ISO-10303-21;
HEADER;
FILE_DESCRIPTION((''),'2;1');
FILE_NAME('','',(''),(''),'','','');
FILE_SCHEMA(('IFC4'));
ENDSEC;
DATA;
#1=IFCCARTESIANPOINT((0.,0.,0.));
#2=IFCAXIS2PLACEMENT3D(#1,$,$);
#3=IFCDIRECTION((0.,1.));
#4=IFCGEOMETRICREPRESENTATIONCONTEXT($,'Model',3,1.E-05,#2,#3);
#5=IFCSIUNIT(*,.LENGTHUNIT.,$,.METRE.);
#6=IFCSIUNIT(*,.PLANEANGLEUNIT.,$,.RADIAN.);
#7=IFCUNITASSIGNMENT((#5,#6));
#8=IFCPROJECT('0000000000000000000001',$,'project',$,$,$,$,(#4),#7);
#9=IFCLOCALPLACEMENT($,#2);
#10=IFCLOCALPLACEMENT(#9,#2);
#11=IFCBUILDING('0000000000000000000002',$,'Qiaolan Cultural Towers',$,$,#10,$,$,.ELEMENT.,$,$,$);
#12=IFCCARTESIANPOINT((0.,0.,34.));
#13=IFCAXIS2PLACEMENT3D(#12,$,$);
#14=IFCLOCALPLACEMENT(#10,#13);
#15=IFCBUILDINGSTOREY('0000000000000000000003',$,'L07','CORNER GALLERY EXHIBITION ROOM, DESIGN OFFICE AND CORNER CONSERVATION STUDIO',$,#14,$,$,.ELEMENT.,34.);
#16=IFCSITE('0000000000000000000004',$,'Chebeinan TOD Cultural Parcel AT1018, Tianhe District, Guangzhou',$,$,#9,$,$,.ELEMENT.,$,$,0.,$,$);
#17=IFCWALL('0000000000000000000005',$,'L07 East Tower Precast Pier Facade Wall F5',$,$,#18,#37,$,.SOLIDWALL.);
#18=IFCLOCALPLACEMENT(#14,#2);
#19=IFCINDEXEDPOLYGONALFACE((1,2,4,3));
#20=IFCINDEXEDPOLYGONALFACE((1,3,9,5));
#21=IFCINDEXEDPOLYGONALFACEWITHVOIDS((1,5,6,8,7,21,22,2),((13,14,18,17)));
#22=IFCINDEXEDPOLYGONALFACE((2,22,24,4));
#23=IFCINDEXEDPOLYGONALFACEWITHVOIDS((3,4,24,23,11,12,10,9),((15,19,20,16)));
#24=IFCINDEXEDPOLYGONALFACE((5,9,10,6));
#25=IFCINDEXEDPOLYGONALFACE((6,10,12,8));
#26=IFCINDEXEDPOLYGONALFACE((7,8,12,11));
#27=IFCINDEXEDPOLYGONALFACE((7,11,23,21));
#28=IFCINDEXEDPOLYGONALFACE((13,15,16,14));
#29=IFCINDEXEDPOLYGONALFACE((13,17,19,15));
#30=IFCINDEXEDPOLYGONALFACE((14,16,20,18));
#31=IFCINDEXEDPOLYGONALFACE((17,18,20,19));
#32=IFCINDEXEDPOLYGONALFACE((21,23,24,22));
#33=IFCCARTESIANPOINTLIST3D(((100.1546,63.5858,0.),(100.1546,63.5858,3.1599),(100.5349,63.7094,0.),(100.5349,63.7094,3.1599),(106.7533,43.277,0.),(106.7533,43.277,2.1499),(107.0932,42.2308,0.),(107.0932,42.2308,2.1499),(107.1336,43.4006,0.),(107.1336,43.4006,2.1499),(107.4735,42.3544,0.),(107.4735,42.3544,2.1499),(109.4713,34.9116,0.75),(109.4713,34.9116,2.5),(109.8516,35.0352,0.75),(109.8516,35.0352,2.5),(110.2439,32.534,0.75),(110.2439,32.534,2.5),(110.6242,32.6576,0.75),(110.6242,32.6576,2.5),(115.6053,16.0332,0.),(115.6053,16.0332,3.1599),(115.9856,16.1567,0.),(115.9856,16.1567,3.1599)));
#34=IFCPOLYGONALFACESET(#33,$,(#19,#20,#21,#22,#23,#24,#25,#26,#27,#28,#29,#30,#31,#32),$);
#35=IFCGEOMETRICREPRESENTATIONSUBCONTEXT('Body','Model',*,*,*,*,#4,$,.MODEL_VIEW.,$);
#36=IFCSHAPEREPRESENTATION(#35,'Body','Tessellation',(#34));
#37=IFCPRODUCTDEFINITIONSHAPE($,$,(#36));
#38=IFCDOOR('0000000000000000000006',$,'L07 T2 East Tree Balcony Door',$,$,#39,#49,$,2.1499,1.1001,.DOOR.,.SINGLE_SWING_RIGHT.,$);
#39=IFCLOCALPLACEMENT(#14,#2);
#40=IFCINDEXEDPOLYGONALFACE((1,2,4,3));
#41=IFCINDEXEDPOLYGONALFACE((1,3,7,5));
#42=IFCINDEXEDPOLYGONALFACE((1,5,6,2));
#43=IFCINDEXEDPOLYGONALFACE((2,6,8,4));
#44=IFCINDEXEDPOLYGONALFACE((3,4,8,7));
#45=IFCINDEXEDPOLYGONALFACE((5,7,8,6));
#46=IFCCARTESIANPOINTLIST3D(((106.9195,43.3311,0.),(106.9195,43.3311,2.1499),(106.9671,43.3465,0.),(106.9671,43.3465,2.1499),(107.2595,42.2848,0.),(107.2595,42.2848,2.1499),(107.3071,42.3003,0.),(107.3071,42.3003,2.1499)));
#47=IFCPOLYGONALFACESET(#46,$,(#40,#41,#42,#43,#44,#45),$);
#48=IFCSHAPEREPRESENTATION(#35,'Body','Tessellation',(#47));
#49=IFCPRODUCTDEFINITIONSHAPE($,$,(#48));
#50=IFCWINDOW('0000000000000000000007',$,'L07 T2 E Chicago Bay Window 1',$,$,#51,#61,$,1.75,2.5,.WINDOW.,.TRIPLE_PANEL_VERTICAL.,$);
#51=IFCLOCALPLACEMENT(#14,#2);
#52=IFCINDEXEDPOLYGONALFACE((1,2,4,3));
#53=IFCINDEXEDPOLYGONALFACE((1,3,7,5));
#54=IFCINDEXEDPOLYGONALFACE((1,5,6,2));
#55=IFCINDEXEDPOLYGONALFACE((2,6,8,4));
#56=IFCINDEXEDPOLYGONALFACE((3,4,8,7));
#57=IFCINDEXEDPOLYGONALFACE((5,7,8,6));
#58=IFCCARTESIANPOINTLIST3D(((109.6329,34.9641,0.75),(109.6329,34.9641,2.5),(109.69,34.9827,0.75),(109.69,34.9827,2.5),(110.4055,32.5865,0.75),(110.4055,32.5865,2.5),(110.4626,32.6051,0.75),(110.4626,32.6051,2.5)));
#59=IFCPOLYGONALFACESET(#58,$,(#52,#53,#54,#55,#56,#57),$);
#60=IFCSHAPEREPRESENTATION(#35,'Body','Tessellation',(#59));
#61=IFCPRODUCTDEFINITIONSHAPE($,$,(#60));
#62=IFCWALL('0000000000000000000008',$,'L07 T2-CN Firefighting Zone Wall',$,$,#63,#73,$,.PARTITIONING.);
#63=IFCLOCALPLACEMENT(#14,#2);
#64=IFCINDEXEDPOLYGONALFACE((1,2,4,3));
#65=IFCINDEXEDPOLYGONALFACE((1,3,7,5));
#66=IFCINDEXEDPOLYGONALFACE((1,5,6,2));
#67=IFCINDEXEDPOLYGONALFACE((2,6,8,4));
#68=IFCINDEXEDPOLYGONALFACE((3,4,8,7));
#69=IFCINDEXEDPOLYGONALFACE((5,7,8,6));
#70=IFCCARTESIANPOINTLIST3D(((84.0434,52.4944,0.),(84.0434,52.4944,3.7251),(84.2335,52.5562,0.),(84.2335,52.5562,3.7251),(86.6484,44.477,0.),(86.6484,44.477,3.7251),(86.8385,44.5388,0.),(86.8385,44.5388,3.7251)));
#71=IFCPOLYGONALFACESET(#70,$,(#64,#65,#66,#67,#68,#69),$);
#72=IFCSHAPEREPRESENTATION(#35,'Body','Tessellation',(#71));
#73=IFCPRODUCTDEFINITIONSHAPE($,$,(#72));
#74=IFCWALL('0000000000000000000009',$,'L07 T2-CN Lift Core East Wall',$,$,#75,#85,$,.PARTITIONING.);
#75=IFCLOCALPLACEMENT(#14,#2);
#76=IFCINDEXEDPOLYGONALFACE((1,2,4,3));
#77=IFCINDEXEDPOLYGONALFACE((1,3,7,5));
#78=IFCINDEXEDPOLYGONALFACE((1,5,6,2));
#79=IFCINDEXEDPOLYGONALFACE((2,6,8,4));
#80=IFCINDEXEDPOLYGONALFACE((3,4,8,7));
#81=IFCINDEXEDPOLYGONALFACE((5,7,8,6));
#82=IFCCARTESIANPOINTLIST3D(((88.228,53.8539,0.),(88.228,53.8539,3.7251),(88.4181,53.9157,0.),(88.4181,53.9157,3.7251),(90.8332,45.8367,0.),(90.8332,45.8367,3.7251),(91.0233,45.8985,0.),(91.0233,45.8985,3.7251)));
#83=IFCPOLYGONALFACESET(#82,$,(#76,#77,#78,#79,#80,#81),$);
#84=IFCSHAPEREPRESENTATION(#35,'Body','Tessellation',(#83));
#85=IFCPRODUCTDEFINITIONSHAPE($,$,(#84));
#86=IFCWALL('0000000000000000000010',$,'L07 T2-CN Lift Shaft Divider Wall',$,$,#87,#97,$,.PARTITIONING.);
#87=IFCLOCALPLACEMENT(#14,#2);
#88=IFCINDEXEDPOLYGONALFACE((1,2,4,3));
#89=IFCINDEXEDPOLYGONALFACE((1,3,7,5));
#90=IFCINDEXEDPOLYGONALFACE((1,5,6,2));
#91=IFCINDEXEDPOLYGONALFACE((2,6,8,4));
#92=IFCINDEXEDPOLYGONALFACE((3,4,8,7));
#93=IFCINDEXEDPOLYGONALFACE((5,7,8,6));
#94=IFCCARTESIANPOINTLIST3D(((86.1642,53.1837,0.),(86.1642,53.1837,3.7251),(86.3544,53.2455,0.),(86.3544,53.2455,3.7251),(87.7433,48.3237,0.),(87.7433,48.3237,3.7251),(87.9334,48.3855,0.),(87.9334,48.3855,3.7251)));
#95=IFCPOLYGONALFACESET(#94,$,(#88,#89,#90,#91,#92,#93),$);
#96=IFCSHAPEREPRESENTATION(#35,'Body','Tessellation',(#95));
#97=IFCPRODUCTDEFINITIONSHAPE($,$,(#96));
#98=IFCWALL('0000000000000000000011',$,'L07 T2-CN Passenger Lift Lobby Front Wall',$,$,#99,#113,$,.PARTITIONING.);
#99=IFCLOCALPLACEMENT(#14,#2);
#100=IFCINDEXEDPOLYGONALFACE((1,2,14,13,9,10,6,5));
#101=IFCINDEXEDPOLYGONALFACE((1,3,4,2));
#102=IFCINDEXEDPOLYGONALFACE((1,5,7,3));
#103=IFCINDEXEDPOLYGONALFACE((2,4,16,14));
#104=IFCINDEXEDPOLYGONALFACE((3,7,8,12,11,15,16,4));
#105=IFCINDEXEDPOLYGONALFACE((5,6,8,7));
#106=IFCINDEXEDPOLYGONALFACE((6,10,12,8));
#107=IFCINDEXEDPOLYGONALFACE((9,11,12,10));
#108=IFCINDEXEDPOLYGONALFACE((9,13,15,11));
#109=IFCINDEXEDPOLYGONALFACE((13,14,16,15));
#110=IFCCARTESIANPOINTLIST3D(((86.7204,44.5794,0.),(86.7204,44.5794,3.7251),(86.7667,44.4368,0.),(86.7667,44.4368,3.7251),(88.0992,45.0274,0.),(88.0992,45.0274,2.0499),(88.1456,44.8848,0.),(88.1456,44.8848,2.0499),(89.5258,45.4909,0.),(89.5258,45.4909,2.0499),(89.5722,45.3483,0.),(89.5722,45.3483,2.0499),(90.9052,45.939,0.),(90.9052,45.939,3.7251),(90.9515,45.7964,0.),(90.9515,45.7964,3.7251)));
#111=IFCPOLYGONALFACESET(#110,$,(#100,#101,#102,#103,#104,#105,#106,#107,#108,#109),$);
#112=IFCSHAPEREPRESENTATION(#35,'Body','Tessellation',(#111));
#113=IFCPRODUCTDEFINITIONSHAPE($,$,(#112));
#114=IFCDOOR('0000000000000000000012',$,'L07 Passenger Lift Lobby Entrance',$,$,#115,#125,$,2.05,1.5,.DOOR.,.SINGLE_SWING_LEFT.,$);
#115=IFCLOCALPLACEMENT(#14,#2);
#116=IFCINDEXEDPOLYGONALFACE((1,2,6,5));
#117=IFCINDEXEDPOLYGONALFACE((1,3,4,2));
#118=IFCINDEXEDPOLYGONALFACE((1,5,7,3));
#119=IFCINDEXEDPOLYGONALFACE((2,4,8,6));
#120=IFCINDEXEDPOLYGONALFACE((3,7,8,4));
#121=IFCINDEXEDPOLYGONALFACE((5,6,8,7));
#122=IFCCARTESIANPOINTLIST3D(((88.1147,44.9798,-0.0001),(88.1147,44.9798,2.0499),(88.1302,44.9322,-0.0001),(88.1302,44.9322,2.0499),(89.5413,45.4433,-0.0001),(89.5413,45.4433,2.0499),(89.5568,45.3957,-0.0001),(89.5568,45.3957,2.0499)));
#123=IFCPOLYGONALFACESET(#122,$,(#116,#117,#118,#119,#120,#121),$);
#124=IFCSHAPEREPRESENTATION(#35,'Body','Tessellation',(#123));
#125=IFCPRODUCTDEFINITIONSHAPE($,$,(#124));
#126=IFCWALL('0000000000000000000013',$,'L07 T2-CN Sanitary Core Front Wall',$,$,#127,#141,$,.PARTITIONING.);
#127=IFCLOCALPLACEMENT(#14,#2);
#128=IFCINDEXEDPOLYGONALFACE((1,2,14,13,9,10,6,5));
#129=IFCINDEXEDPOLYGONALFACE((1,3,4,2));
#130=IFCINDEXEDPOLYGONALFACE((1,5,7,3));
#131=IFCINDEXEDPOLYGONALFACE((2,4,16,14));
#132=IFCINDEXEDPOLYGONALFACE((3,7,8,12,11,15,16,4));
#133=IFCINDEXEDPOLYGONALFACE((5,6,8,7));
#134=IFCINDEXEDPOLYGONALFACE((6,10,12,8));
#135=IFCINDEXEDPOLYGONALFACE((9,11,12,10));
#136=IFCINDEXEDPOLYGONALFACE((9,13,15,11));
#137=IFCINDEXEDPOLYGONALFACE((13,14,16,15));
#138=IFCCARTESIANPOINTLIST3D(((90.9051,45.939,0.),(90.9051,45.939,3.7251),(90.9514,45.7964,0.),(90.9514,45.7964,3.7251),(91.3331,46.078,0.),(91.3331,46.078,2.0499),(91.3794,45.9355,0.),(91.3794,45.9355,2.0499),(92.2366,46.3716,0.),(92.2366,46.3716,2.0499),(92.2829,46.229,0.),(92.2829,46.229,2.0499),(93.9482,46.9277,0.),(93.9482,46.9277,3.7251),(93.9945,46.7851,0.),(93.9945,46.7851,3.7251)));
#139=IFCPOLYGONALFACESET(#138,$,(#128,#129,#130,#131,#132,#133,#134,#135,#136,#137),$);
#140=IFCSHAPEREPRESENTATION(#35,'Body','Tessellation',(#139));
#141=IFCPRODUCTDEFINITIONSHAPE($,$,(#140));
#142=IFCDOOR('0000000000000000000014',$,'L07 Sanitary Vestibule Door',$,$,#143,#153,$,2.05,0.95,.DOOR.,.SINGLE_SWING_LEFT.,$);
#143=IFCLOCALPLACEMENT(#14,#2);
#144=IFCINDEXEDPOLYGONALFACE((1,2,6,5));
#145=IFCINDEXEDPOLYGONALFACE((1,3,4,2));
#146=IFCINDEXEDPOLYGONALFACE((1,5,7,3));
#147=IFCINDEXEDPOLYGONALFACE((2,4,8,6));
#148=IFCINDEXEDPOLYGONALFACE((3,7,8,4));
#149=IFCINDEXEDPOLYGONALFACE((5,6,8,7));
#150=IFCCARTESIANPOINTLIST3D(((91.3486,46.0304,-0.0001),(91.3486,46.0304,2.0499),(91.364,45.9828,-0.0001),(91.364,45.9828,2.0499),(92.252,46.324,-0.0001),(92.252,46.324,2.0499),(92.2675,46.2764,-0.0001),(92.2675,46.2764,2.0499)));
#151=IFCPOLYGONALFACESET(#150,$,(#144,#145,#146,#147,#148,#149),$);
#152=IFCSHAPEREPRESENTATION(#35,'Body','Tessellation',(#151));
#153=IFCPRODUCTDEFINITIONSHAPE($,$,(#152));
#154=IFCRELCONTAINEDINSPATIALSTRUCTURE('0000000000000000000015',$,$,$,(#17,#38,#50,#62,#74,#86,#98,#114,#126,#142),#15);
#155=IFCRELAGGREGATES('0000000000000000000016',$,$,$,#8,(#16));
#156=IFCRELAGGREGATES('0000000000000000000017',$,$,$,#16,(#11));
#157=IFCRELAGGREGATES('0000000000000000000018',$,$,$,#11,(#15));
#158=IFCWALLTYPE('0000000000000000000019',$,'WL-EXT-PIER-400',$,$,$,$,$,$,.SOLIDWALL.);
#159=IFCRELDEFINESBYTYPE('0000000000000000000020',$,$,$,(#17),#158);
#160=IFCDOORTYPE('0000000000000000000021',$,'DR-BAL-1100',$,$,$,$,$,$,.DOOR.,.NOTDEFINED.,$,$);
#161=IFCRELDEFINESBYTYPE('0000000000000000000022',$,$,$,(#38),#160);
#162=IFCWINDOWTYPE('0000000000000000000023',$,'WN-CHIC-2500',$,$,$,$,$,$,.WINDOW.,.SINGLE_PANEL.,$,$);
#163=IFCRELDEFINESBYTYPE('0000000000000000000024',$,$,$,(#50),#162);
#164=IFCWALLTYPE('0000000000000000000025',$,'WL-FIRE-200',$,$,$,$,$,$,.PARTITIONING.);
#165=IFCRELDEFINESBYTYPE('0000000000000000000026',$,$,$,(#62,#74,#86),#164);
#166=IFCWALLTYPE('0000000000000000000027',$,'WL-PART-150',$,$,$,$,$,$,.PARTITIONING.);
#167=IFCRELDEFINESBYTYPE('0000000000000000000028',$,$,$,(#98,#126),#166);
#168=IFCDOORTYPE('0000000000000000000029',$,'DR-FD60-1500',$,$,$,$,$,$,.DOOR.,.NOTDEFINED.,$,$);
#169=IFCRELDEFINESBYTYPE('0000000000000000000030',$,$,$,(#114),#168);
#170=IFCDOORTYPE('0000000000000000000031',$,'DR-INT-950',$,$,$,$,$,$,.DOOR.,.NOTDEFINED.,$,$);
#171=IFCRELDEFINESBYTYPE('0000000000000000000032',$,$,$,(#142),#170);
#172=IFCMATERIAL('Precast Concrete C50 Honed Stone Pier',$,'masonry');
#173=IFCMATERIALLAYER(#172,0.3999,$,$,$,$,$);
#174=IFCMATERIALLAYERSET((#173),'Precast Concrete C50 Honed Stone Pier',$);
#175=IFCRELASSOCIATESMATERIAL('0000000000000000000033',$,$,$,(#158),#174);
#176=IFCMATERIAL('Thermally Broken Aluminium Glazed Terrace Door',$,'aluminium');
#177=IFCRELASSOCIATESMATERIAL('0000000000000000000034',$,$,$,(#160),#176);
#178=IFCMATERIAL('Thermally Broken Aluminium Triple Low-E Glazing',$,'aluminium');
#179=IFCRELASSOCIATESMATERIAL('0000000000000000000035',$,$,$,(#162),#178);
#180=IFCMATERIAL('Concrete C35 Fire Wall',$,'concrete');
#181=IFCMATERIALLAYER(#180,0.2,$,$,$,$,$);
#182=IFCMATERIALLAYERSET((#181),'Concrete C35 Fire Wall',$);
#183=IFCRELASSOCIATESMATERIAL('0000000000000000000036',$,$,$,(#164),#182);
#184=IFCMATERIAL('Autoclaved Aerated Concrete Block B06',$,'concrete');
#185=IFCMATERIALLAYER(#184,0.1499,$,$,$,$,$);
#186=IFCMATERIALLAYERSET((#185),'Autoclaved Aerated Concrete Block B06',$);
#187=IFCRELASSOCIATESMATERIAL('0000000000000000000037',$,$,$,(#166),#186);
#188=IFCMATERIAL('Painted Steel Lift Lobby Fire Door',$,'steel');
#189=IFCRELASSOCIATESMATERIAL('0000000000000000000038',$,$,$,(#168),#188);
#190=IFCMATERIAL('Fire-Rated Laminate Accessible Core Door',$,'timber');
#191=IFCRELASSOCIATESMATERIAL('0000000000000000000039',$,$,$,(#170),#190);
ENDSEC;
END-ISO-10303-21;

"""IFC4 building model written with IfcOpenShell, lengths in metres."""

from ifc_helpers import new_model, si_unit, direction, frame, frame_2d, origin, place, context, subcontext, project, spatial, rectangle, extrude, material, layer, layer_set, type_object, element, fill, save


model = new_model("IFC4")

# Units and contexts
model_context = context("Model", 3, precision=1e-05, world=origin(), true_north=direction((0.0, 1.0)))
body_context = subcontext(model_context, "Body", "Model", "MODEL_VIEW")
ifc_project = project(units=[si_unit("LENGTHUNIT", "METRE"), si_unit("PLANEANGLEUNIT", "RADIAN")], contexts=[model_context])

# Site, building, storey
site_placement = place(None, origin())
site = spatial("IfcSite", under=ifc_project, at=site_placement, Name="Chebeinan TOD Cultural Parcel AT1018, Tianhe District, Guangzhou", CompositionType="ELEMENT", RefElevation=0.0)
building_placement = place(site_placement, origin())
building = spatial("IfcBuilding", under=site, at=building_placement, Name="Qiaolan Cultural Towers", CompositionType="ELEMENT")
storey_placement = place(building_placement, frame((0.0, 0.0, 34.0)))
storey = spatial("IfcBuildingStorey", under=building, at=storey_placement, Name="L07", Description="CORNER GALLERY EXHIBITION ROOM, DESIGN OFFICE AND CORNER CONSERVATION STUDIO", CompositionType="ELEMENT", Elevation=34.0)

# Shared definitions
ifc_material_1 = material(Name="Precast Concrete C50 Honed Stone Pier", Category="masonry")
ifc_layer_1 = layer(ifc_material_1, 0.3999)
ifc_layer_set_1 = layer_set([ifc_layer_1], Name="Precast Concrete C50 Honed Stone Pier")
wall_type_1 = type_object("IfcWallType", Name="WL-EXT-PIER-400", PredefinedType="SOLIDWALL", material=ifc_layer_set_1)

# Wall, openings, door, window
wall_1_placement = place(storey_placement, frame((100.3447, 63.6477, 0.0), z_axis=(0.0, 0.0, 1.0), x_axis=(0.309015, -0.951057, 0.0)))
wall_1 = element("IfcWall", 1, at=wall_1_placement, inside=storey, type_object=wall_type_1, Name="L07 East Tower Precast Pier Facade Wall F5", PredefinedType="SOLIDWALL", context=body_context, shape_type="SweptSolid", body=[
    extrude(rectangle(XDim=49.9998, YDim=0.3999, at=frame_2d((25.0, 0.0))), origin(), (0.0, 0.0, 1.0), 3.1599),
])
opening_1_placement = place(wall_1_placement, frame((30.1499, 0.0, 0.75)))
opening_1 = element("IfcOpeningElement", 2, at=opening_1_placement, cuts=wall_1, PredefinedType="OPENING", context=body_context, shape_type="SweptSolid", body=[
    extrude(rectangle(XDim=2.5, YDim=1.75, at=frame_2d((1.25, 0.875))), frame((0.0, 0.21, 0.0), z_axis=(0.0, -1.0, 0.0), x_axis=(1.0, 0.0, 0.0)), (0.0, 0.0, 1.0), 0.4199),
])
opening_2_placement = place(wall_1_placement, frame((21.354, 0.0, 0.0)))
opening_2 = element("IfcOpeningElement", 3, at=opening_2_placement, cuts=wall_1, PredefinedType="OPENING", context=body_context, shape_type="SweptSolid", body=[
    extrude(rectangle(XDim=1.1001, YDim=2.1499, at=frame_2d((0.55, 1.075))), frame((0.0, 0.21, 0.0), z_axis=(0.0, -1.0, 0.0), x_axis=(1.0, 0.0, 0.0)), (0.0, 0.0, 1.0), 0.4199),
])
ifc_material_2 = material(Name="Thermally Broken Aluminium Glazed Terrace Door", Category="aluminium")
door_type_1 = type_object("IfcDoorType", Name="DR-BAL-1100", OperationType="NOTDEFINED", PredefinedType="DOOR", material=ifc_material_2)
door_1_placement = place(opening_2_placement, origin())
door_1 = element("IfcDoor", 4, at=door_1_placement, inside=storey, type_object=door_type_1, Name="L07 T2 East Tree Balcony Door", OperationType="SINGLE_SWING_RIGHT", OverallHeight=2.1499, OverallWidth=1.1001, PredefinedType="DOOR", context=body_context, shape_type="SweptSolid", body=[
    extrude(rectangle(XDim=1.1001, YDim=2.1499, at=frame_2d((0.55, 1.075))), frame((0.0, 0.0249, 0.0), z_axis=(0.0, -1.0, 0.0), x_axis=(1.0, 0.0, 0.0)), (0.0, 0.0, 1.0), 0.05),
])
fill(opening_2, door_1)
ifc_material_3 = material(Name="Thermally Broken Aluminium Triple Low-E Glazing", Category="aluminium")
window_type = type_object("IfcWindowType", Name="WN-CHIC-2500", PartitioningType="SINGLE_PANEL", PredefinedType="WINDOW", material=ifc_material_3)
window_placement = place(opening_1_placement, origin())
window = element("IfcWindow", 5, at=window_placement, inside=storey, type_object=window_type, Name="L07 T2 E Chicago Bay Window 1", OverallHeight=1.75, OverallWidth=2.5, PartitioningType="TRIPLE_PANEL_VERTICAL", PredefinedType="WINDOW", context=body_context, shape_type="SweptSolid", body=[
    extrude(rectangle(XDim=2.5, YDim=1.75, at=frame_2d((1.25, 0.875))), frame((0.0, 0.03, 0.0), z_axis=(0.0, -1.0, 0.0), x_axis=(1.0, 0.0, 0.0)), (0.0, 0.0, 1.0), 0.0601),
])
fill(opening_1, window)

# Walls
ifc_material_4 = material(Name="Concrete C35 Fire Wall", Category="concrete")
ifc_layer_2 = layer(ifc_material_4, 0.2)
ifc_layer_set_2 = layer_set([ifc_layer_2], Name="Concrete C35 Fire Wall")
wall_type_2 = type_object("IfcWallType", Name="WL-FIRE-200", PredefinedType="PARTITIONING", material=ifc_layer_set_2)
for number, where, z_axis, x_axis, name in (
    (6, (86.7434, 44.5081, 0.0), (0.0, 0.0, 1.0), (-0.309016, 0.951057, 0.0), "L07 T2-CN Firefighting Zone Wall"),
    (7, (90.9282, 45.8677, 0.0), (0.0, 0.0, 1.0), (-0.309042, 0.951048, 0.0), "L07 T2-CN Lift Core East Wall"),
):
    element("IfcWall", number, at=place(storey_placement, frame(where, z_axis=z_axis, x_axis=x_axis)), inside=storey, type_object=wall_type_2, Name=name, PredefinedType="PARTITIONING", context=body_context, shape_type="SweptSolid", body=[
        extrude(rectangle(XDim=8.4299, YDim=0.2, at=frame_2d((4.2148, 0.0))), origin(), (0.0, 0.0, 1.0), 3.7251),
    ])
wall_2_placement = place(storey_placement, frame((87.8384, 48.3545, 0.0), z_axis=(0.0, 0.0, 1.0), x_axis=(-0.309009, 0.951059, 0.0)))
element("IfcWall", 8, at=wall_2_placement, inside=storey, type_object=wall_type_2, Name="L07 T2-CN Lift Shaft Divider Wall", PredefinedType="PARTITIONING", context=body_context, shape_type="SweptSolid", body=[
    extrude(rectangle(XDim=5.1101, YDim=0.2, at=frame_2d((2.5552, 0.0))), origin(), (0.0, 0.0, 1.0), 3.7251),
])

# Walls, openings, doors
ifc_material_5 = material(Name="Autoclaved Aerated Concrete Block B06", Category="concrete")
ifc_layer_3 = layer(ifc_material_5, 0.1499)
ifc_layer_set_3 = layer_set([ifc_layer_3], Name="Autoclaved Aerated Concrete Block B06")
wall_type_3 = type_object("IfcWallType", Name="WL-PART-150", PredefinedType="PARTITIONING", material=ifc_layer_set_3)
wall_3_placement = place(storey_placement, frame((86.7434, 44.5081, 0.0), z_axis=(0.0, 0.0, 1.0), x_axis=(0.951064, 0.308994, 0.0)))
wall_3 = element("IfcWall", 9, at=wall_3_placement, inside=storey, type_object=wall_type_3, Name="L07 T2-CN Passenger Lift Lobby Front Wall", PredefinedType="PARTITIONING", context=body_context, shape_type="SweptSolid", body=[
    extrude(rectangle(XDim=4.4001, YDim=0.1499, at=frame_2d((2.2002, 0.0))), origin(), (0.0, 0.0, 1.0), 3.7251),
])
opening_3_placement = place(wall_3_placement, frame((1.45, 0.0, 0.0)))
opening_3 = element("IfcOpeningElement", 10, at=opening_3_placement, cuts=wall_3, PredefinedType="OPENING", context=body_context, shape_type="SweptSolid", body=[
    extrude(rectangle(XDim=1.5, YDim=2.05, at=frame_2d((0.75, 1.0249))), frame((0.0, 0.085, 0.0), z_axis=(0.0, -1.0, 0.0), x_axis=(1.0, 0.0, 0.0)), (0.0, 0.0, 1.0), 0.1699),
])
ifc_material_6 = material(Name="Painted Steel Lift Lobby Fire Door", Category="steel")
door_type_2 = type_object("IfcDoorType", Name="DR-FD60-1500", OperationType="NOTDEFINED", PredefinedType="DOOR", material=ifc_material_6)
door_2_placement = place(opening_3_placement, origin())
door_2 = element("IfcDoor", 11, at=door_2_placement, inside=storey, type_object=door_type_2, Name="L07 Passenger Lift Lobby Entrance", OperationType="SINGLE_SWING_LEFT", OverallHeight=2.05, OverallWidth=1.5, PredefinedType="DOOR", context=body_context, shape_type="SweptSolid", body=[
    extrude(rectangle(XDim=1.5, YDim=2.05, at=frame_2d((0.75, 1.0249))), frame((0.0, 0.0249, 0.0), z_axis=(0.0, -1.0, 0.0), x_axis=(1.0, 0.0, 0.0)), (0.0, 0.0, 1.0), 0.05),
])
fill(opening_3, door_2)
wall_4_placement = place(storey_placement, frame((90.9282, 45.8677, 0.0), z_axis=(0.0, 0.0, 1.0), x_axis=(0.951059, 0.309008, 0.0)))
wall_4 = element("IfcWall", 12, at=wall_4_placement, inside=storey, type_object=wall_type_3, Name="L07 T2-CN Sanitary Core Front Wall", PredefinedType="PARTITIONING", context=body_context, shape_type="SweptSolid", body=[
    extrude(rectangle(XDim=3.1997, YDim=0.1499, at=frame_2d((1.5999, 0.0))), origin(), (0.0, 0.0, 1.0), 3.7251),
])
opening_4_placement = place(wall_4_placement, frame((0.45, 0.0, 0.0)))
opening_4 = element("IfcOpeningElement", 13, at=opening_4_placement, cuts=wall_4, PredefinedType="OPENING", context=body_context, shape_type="SweptSolid", body=[
    extrude(rectangle(XDim=0.95, YDim=2.05, at=frame_2d((0.4751, 1.0249))), frame((0.0, 0.085, 0.0), z_axis=(0.0, -1.0, 0.0), x_axis=(1.0, 0.0, 0.0)), (0.0, 0.0, 1.0), 0.1699),
])
ifc_material_7 = material(Name="Fire-Rated Laminate Accessible Core Door", Category="timber")
door_type_3 = type_object("IfcDoorType", Name="DR-INT-950", OperationType="NOTDEFINED", PredefinedType="DOOR", material=ifc_material_7)
door_3_placement = place(opening_4_placement, origin())
door_3 = element("IfcDoor", 14, at=door_3_placement, inside=storey, type_object=door_type_3, Name="L07 Sanitary Vestibule Door", OperationType="SINGLE_SWING_LEFT", OverallHeight=2.05, OverallWidth=0.95, PredefinedType="DOOR", context=body_context, shape_type="SweptSolid", body=[
    extrude(rectangle(XDim=0.95, YDim=2.05, at=frame_2d((0.4751, 1.0249))), frame((0.0, 0.0249, 0.0), z_axis=(0.0, -1.0, 0.0), x_axis=(1.0, 0.0, 0.0)), (0.0, 0.0, 1.0), 0.05),
])
fill(opening_4, door_3)

save(model, "model.ifc")
